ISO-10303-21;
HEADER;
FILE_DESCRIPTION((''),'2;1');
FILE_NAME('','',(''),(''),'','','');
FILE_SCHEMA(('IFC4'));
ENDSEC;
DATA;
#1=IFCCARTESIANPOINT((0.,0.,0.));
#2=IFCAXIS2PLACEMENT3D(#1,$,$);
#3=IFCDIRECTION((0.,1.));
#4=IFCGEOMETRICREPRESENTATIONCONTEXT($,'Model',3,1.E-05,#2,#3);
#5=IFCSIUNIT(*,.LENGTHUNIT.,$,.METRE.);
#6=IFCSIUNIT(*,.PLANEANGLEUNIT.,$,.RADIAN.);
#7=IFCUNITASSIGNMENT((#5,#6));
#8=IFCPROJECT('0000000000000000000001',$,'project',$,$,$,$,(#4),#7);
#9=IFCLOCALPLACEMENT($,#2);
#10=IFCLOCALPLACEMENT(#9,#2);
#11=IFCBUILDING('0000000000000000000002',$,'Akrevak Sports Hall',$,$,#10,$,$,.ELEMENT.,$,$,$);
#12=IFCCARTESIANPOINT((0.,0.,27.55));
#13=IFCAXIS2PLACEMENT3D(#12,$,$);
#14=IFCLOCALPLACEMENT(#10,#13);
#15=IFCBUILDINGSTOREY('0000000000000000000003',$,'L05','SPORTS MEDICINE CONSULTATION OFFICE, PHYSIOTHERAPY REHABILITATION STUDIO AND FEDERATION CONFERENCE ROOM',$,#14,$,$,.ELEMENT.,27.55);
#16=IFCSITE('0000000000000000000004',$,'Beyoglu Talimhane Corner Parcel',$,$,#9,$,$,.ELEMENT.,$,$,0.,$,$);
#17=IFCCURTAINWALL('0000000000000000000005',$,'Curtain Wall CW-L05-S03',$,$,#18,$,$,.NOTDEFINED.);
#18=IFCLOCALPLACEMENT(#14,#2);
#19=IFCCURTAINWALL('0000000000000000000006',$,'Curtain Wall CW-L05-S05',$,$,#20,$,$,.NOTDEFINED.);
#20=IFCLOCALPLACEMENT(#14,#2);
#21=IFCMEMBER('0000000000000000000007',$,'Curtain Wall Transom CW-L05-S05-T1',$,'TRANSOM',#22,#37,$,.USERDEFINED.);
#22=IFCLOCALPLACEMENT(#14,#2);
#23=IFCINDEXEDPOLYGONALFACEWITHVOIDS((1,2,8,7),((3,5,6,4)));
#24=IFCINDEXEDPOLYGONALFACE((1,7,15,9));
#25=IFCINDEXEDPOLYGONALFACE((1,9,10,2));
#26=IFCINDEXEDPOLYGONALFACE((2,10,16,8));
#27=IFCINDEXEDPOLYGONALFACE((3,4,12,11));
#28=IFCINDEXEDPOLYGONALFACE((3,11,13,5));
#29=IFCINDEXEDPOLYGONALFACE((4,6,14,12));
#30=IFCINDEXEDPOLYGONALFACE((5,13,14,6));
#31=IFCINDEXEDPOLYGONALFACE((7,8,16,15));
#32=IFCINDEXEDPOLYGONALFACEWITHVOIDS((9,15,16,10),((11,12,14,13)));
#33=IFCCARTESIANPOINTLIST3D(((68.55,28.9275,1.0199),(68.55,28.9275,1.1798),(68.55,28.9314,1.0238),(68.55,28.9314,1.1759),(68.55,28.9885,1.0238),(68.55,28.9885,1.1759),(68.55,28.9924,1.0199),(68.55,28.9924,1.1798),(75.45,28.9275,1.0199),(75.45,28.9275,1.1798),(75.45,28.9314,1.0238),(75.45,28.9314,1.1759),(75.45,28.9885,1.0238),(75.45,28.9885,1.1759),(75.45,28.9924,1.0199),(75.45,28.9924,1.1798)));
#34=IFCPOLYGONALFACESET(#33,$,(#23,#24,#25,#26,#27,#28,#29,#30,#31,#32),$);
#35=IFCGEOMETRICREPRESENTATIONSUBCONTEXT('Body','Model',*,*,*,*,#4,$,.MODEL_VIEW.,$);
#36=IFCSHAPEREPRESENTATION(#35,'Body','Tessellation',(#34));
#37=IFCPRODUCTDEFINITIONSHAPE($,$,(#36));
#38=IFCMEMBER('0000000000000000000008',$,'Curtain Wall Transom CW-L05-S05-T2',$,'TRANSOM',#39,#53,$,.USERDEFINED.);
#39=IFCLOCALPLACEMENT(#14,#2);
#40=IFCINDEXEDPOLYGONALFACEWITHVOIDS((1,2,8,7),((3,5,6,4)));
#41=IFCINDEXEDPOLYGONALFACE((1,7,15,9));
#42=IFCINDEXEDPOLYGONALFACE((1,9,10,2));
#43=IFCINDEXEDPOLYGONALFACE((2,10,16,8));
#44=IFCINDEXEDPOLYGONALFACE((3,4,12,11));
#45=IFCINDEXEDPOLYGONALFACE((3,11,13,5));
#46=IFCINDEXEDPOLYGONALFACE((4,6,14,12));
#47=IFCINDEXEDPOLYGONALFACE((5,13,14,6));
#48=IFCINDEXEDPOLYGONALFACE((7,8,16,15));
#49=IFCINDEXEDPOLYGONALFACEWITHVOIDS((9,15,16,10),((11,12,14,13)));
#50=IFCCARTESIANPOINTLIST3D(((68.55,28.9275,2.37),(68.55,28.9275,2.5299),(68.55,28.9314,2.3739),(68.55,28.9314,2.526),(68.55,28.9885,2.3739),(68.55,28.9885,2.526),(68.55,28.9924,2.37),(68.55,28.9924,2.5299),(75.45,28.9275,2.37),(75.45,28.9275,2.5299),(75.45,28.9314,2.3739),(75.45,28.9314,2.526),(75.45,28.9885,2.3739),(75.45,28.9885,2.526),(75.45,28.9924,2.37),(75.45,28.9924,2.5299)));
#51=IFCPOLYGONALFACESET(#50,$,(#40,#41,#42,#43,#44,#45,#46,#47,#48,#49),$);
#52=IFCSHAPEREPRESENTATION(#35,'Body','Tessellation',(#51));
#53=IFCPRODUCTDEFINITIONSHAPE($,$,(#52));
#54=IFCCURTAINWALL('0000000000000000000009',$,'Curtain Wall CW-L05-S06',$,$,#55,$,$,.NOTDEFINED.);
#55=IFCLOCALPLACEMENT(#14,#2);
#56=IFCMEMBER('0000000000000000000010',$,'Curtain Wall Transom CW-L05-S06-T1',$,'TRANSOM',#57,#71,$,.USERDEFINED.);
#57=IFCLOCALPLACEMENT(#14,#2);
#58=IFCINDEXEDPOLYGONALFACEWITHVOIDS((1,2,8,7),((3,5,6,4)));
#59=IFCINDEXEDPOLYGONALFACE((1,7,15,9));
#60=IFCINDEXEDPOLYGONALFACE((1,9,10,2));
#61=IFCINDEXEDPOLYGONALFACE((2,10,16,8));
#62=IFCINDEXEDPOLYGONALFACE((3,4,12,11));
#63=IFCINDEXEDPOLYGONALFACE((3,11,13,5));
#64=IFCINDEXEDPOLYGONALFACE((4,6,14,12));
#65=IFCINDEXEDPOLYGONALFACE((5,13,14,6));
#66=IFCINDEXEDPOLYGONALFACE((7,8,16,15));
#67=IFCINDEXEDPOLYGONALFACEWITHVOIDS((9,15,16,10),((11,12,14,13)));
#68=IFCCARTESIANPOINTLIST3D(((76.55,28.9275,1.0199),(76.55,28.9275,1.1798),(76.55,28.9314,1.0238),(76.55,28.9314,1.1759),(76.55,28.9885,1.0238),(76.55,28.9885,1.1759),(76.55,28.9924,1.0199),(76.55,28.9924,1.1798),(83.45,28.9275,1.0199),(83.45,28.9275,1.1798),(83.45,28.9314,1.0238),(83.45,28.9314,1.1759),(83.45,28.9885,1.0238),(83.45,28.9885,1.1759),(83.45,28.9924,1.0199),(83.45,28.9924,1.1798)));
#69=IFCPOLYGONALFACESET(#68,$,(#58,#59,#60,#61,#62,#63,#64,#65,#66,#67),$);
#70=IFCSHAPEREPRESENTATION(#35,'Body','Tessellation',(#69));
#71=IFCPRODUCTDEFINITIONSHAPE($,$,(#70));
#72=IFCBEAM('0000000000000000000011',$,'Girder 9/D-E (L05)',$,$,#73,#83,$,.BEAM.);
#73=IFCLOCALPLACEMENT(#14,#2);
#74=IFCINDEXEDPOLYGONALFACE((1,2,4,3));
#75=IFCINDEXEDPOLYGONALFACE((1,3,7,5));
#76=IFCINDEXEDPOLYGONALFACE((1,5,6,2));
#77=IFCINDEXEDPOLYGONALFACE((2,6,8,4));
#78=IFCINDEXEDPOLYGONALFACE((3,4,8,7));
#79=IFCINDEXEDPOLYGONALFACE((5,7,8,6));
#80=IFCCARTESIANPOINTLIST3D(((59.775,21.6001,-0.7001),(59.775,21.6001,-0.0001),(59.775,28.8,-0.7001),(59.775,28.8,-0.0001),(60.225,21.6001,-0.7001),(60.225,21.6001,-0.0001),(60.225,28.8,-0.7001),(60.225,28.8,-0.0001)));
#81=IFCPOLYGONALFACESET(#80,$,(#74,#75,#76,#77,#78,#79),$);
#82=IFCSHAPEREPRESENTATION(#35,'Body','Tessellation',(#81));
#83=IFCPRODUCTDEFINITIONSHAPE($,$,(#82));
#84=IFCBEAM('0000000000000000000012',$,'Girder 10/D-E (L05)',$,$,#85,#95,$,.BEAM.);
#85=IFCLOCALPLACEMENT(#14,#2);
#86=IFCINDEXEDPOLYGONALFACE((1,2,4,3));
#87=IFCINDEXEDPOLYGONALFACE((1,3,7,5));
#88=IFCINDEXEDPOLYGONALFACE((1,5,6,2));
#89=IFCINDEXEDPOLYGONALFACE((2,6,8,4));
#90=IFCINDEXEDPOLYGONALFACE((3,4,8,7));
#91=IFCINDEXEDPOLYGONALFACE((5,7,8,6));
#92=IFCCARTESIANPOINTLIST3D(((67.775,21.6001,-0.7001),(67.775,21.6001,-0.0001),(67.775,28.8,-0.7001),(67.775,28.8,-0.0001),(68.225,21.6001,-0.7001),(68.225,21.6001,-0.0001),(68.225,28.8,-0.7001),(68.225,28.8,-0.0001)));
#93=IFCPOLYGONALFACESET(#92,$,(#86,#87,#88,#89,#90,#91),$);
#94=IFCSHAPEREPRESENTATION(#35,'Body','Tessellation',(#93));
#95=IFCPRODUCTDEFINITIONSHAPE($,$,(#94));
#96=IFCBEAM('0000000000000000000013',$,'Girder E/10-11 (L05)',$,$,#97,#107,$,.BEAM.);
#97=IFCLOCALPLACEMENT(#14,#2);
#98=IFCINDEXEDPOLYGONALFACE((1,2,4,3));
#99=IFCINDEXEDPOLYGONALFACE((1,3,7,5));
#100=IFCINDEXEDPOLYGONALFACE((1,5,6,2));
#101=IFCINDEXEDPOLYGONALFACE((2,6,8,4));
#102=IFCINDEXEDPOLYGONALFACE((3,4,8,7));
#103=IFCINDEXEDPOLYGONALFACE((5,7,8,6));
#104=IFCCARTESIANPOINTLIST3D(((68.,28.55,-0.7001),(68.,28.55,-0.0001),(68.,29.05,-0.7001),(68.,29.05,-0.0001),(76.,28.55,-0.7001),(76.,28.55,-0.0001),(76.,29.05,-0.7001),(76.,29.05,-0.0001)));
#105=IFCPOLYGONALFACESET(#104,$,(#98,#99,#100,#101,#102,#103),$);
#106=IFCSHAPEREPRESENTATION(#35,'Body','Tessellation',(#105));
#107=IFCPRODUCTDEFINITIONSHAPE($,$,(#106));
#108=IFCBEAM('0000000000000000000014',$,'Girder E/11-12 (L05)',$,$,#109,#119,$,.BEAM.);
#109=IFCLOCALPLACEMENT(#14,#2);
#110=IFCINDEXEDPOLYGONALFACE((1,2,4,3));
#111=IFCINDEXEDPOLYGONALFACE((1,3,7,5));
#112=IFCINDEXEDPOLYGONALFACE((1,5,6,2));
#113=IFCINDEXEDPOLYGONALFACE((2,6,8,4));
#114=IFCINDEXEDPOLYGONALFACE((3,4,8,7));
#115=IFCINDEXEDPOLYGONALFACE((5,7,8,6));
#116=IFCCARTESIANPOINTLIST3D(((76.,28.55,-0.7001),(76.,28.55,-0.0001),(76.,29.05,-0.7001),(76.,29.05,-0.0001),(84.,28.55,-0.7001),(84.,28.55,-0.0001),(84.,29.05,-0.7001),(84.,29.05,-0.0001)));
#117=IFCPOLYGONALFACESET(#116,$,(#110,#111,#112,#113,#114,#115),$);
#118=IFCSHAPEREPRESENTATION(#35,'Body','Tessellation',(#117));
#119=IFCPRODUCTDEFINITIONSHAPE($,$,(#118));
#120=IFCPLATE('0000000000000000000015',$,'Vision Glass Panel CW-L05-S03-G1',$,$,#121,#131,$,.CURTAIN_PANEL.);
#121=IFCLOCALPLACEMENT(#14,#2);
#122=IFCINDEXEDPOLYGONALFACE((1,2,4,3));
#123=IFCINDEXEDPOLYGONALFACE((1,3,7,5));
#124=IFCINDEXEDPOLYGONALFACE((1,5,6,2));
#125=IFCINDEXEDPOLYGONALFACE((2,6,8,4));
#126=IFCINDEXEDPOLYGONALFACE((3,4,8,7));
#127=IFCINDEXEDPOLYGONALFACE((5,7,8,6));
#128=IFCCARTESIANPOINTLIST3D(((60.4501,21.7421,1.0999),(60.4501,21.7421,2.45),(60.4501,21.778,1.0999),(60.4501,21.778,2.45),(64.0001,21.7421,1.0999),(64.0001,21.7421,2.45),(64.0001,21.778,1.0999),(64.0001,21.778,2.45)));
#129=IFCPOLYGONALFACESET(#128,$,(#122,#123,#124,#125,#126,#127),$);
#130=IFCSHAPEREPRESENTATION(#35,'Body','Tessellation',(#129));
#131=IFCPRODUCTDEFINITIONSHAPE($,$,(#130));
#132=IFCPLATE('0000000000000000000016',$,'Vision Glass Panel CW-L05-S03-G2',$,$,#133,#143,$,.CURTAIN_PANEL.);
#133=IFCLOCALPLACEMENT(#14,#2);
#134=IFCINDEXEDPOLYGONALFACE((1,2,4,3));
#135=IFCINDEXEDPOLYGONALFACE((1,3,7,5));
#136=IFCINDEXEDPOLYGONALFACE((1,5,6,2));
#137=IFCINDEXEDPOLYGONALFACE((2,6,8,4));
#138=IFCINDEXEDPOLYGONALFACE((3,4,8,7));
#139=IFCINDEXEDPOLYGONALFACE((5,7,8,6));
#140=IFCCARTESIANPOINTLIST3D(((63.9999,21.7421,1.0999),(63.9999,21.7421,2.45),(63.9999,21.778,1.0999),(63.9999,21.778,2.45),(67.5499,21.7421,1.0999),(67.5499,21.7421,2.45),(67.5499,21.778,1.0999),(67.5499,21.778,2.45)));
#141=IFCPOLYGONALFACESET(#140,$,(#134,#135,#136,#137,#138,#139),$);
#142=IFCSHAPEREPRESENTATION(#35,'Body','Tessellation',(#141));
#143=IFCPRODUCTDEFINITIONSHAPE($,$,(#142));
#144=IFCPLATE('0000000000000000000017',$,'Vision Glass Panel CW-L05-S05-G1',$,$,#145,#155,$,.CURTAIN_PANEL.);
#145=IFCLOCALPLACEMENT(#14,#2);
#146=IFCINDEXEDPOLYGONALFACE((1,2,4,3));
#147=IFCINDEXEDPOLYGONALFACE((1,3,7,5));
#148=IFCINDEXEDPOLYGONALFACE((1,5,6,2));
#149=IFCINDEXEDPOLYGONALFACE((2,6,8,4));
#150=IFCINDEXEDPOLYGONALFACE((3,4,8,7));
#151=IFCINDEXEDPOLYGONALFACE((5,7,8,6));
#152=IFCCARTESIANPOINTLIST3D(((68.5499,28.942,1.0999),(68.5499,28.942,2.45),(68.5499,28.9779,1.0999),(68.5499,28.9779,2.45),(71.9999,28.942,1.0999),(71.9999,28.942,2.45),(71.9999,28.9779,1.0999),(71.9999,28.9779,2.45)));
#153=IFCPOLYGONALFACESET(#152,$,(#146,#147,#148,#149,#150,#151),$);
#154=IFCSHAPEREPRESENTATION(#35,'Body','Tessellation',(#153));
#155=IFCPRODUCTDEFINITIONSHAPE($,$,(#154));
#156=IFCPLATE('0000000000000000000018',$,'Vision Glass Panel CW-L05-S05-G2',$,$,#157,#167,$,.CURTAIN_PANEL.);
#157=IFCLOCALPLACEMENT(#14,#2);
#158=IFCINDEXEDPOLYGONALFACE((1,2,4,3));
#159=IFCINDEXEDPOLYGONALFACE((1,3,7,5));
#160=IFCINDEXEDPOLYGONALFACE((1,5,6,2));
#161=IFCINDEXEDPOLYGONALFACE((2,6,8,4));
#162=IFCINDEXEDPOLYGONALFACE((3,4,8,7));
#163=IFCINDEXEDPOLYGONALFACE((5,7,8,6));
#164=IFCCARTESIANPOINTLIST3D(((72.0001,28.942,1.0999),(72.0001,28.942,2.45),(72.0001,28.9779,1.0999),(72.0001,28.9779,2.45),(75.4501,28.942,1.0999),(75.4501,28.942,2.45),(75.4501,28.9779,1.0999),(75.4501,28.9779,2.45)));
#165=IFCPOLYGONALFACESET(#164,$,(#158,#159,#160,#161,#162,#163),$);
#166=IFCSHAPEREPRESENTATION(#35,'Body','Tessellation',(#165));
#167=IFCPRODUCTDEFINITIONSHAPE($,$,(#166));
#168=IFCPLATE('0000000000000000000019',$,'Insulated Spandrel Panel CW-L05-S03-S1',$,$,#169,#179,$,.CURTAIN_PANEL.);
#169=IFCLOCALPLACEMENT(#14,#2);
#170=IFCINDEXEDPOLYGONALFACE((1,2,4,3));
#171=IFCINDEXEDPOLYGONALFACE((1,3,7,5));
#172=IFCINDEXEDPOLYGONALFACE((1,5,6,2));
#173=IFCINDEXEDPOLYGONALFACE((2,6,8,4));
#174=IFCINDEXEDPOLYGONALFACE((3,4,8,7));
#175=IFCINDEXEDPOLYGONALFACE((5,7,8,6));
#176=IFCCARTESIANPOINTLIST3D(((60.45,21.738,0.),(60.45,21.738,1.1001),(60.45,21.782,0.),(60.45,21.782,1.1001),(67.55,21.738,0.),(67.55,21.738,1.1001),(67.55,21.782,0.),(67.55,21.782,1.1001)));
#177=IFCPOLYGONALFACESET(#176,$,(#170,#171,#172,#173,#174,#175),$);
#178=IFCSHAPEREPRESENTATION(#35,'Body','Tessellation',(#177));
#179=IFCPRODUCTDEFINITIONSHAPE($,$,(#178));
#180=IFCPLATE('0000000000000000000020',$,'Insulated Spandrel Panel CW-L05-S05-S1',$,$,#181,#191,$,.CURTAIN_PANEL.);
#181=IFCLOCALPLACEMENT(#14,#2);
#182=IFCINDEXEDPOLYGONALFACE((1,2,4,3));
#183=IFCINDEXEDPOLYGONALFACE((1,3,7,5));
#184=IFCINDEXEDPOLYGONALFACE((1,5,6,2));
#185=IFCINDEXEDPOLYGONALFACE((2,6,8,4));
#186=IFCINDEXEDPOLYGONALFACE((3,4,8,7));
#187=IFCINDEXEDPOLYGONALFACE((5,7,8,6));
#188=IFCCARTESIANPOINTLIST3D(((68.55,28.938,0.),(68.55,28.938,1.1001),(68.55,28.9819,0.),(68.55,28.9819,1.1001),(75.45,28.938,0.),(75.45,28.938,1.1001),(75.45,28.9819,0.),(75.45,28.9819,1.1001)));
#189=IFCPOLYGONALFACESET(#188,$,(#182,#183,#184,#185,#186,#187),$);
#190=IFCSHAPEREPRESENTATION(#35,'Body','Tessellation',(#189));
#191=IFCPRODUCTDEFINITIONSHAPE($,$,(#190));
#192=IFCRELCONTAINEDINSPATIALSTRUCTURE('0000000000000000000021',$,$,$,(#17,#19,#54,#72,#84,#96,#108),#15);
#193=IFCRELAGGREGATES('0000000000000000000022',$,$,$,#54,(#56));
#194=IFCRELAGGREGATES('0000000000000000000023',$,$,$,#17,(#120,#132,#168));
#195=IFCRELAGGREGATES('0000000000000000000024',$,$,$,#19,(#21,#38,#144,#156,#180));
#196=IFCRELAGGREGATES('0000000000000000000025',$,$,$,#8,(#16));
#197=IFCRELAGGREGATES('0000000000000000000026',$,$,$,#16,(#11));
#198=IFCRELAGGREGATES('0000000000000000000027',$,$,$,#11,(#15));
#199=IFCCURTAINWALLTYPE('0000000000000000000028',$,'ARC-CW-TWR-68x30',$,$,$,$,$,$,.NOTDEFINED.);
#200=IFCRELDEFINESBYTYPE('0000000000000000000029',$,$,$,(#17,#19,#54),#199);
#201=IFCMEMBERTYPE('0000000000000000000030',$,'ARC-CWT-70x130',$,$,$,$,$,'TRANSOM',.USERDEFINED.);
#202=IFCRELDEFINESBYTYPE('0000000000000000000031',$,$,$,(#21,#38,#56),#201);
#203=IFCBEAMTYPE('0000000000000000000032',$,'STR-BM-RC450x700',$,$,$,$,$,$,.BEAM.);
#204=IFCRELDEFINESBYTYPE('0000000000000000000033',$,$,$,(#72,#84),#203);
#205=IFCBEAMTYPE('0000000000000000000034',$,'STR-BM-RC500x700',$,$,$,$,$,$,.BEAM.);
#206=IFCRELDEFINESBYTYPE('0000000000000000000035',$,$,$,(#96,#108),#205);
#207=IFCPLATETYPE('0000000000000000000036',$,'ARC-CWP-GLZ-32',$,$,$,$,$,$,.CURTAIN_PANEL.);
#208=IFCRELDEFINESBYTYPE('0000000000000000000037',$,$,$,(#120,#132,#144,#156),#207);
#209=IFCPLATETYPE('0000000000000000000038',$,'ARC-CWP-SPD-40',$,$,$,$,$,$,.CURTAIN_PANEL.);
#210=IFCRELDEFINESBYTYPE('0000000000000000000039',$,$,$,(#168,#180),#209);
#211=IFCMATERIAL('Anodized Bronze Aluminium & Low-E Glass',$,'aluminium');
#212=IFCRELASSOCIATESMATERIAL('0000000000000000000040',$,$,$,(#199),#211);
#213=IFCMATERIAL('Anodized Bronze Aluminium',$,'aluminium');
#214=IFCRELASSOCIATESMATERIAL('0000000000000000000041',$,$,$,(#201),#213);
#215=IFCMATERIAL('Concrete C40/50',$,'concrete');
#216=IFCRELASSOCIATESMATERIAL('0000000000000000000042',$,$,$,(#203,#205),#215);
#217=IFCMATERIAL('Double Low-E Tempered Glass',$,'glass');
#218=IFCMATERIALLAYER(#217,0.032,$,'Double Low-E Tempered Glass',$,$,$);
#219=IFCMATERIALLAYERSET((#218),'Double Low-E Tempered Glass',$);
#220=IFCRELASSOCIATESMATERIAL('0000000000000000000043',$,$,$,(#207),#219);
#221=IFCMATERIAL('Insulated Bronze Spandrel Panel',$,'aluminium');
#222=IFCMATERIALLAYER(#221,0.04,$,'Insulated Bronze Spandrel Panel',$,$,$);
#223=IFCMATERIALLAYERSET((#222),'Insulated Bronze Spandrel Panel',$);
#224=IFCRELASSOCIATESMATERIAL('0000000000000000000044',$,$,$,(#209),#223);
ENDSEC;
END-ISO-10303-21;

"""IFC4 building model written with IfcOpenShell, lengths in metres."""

from ifc_helpers import new_model, si_unit, direction, frame, origin, origin_2d, place, context, subcontext, project, spatial, rectangle, hollow_rectangle, extrude, material, layer, layer_set, material_profile, profile_set, type_object, element, aggregate, save


model = new_model("IFC4")

# Units and contexts
model_context = context("Model", 3, precision=1e-05, world=origin(), true_north=direction((0.0, 1.0)))
body_context = subcontext(model_context, "Body", "Model", "MODEL_VIEW")
ifc_project = project(units=[si_unit("LENGTHUNIT", "METRE"), si_unit("PLANEANGLEUNIT", "RADIAN")], contexts=[model_context])

# Site, building, storey
site_placement = place(None, origin())
site = spatial("IfcSite", under=ifc_project, at=site_placement, Name="Beyoglu Talimhane Corner Parcel", CompositionType="ELEMENT", RefElevation=0.0)
building_placement = place(site_placement, origin())
building = spatial("IfcBuilding", under=site, at=building_placement, Name="Akrevak Sports Hall", CompositionType="ELEMENT")
storey_placement = place(building_placement, frame((0.0, 0.0, 27.55)))
storey = spatial("IfcBuildingStorey", under=building, at=storey_placement, Name="L05", Description="SPORTS MEDICINE CONSULTATION OFFICE, PHYSIOTHERAPY REHABILITATION STUDIO AND FEDERATION CONFERENCE ROOM", CompositionType="ELEMENT", Elevation=27.55)

# Shared definitions
ifc_material_1 = material(Name="Concrete C40/50", Category="concrete")

# Curtain walls
ifc_material_2 = material(Name="Anodized Bronze Aluminium & Low-E Glass", Category="aluminium")
curtain_wall_type = type_object("IfcCurtainWallType", Name="ARC-CW-TWR-68x30", PredefinedType="NOTDEFINED", material=ifc_material_2)
curtain_wall_1_placement = place(storey_placement, origin())
curtain_wall_1 = element("IfcCurtainWall", 1, at=curtain_wall_1_placement, inside=storey, type_object=curtain_wall_type, Name="Curtain Wall CW-L05-S03", PredefinedType="NOTDEFINED")
ifc_material_3 = material(Name="Anodized Bronze Aluminium", Category="aluminium")
curtain_wall_2_placement = place(storey_placement, origin())
curtain_wall_2 = element("IfcCurtainWall", 2, at=curtain_wall_2_placement, inside=storey, type_object=curtain_wall_type, Name="Curtain Wall CW-L05-S05", PredefinedType="NOTDEFINED")

# Members
ifc_material_profile_1 = material_profile(ifc_material_3, hollow_rectangle(XDim=0.0649, YDim=0.1599, WallThickness=0.0039, at=origin_2d()), Name="CWT 65x160", Category="aluminium")
ifc_profile_set_1 = profile_set([ifc_material_profile_1], Name="Anodized Bronze Aluminium")
member_type_1 = type_object("IfcMemberType", Name="ARC-CWT-70x130", ElementType="TRANSOM", PredefinedType="USERDEFINED", material=ifc_profile_set_1)
member_1_placement = place(storey_placement, frame((68.55, 28.96, 1.0999), z_axis=(1.0, 0.0, 0.0), x_axis=(0.0, 1.0, 0.0)))
member_1 = element("IfcMember", 3, at=member_1_placement, type_object=member_type_1, Name="Curtain Wall Transom CW-L05-S05-T1", ObjectType="TRANSOM", PredefinedType="USERDEFINED", context=body_context, shape_type="SweptSolid", body=[
    extrude(hollow_rectangle(XDim=0.0649, YDim=0.1599, WallThickness=0.0039, at=origin_2d()), origin(), (0.0, 0.0, 1.0), 6.8999),
])
member_2_placement = place(storey_placement, frame((68.55, 28.96, 2.45), z_axis=(1.0, 0.0, 0.0), x_axis=(0.0, 1.0, 0.0)))
member_2 = element("IfcMember", 4, at=member_2_placement, type_object=member_type_1, Name="Curtain Wall Transom CW-L05-S05-T2", ObjectType="TRANSOM", PredefinedType="USERDEFINED", context=body_context, shape_type="SweptSolid", body=[
    extrude(hollow_rectangle(XDim=0.0649, YDim=0.1599, WallThickness=0.0039, at=origin_2d()), origin(), (0.0, 0.0, 1.0), 6.8999),
])

# Curtain wall, member
curtain_wall_3_placement = place(storey_placement, origin())
curtain_wall_3 = element("IfcCurtainWall", 5, at=curtain_wall_3_placement, inside=storey, type_object=curtain_wall_type, Name="Curtain Wall CW-L05-S06", PredefinedType="NOTDEFINED")
member_3_placement = place(storey_placement, frame((76.55, 28.96, 1.0999), z_axis=(1.0, 0.0, 0.0), x_axis=(0.0, 1.0, 0.0)))
member_3 = element("IfcMember", 6, at=member_3_placement, type_object=member_type_1, Name="Curtain Wall Transom CW-L05-S06-T1", ObjectType="TRANSOM", PredefinedType="USERDEFINED", context=body_context, shape_type="SweptSolid", body=[
    extrude(hollow_rectangle(XDim=0.0649, YDim=0.1599, WallThickness=0.0039, at=origin_2d()), origin(), (0.0, 0.0, 1.0), 6.8999),
])
aggregate(curtain_wall_3, [member_3])

# Beams
ifc_material_profile_2 = material_profile(ifc_material_1, rectangle(XDim=0.45, YDim=0.7, at=origin_2d()), Name="BM 450x700", Category="concrete")
ifc_profile_set_2 = profile_set([ifc_material_profile_2], Name="Concrete C40/50")
beam_type_1 = type_object("IfcBeamType", Name="STR-BM-RC450x700", PredefinedType="BEAM", material=ifc_profile_set_2)
for number, where, z_axis, x_axis, name in (
    (7, (60.0, 21.6001, -0.3501), (0.0, 1.0, 0.0), (-1.0, 0.0, 0.0), "Girder 9/D-E (L05)"),
    (8, (68.0, 21.6001, -0.3501), (0.0, 1.0, 0.0), (-1.0, 0.0, 0.0), "Girder 10/D-E (L05)"),
):
    element("IfcBeam", number, at=place(storey_placement, frame(where, z_axis=z_axis, x_axis=x_axis)), inside=storey, type_object=beam_type_1, Name=name, PredefinedType="BEAM", context=body_context, shape_type="SweptSolid", body=[
        extrude(rectangle(XDim=0.45, YDim=0.7, at=origin_2d()), origin(), (0.0, 0.0, 1.0), 7.2),
    ])
ifc_material_profile_3 = material_profile(ifc_material_1, rectangle(XDim=0.5, YDim=0.7, at=origin_2d()), Name="BM 500x700", Category="concrete")
ifc_profile_set_3 = profile_set([ifc_material_profile_3], Name="Concrete C40/50")
beam_type_2 = type_object("IfcBeamType", Name="STR-BM-RC500x700", PredefinedType="BEAM", material=ifc_profile_set_3)
for number, where, z_axis, x_axis, name in (
    (9, (68.0, 28.8, -0.3501), (1.0, 0.0, 0.0), (0.0, 1.0, 0.0), "Girder E/10-11 (L05)"),
    (10, (76.0, 28.8, -0.3501), (1.0, 0.0, 0.0), (0.0, 1.0, 0.0), "Girder E/11-12 (L05)"),
):
    element("IfcBeam", number, at=place(storey_placement, frame(where, z_axis=z_axis, x_axis=x_axis)), inside=storey, type_object=beam_type_2, Name=name, PredefinedType="BEAM", context=body_context, shape_type="SweptSolid", body=[
        extrude(rectangle(XDim=0.5, YDim=0.7, at=origin_2d()), origin(), (0.0, 0.0, 1.0), 8.0),
    ])

# Plates
ifc_material_4 = material(Name="Double Low-E Tempered Glass", Category="glass")
ifc_layer_1 = layer(ifc_material_4, 0.032, Name="Double Low-E Tempered Glass")
ifc_layer_set_1 = layer_set([ifc_layer_1], Name="Double Low-E Tempered Glass")
plate_type_1 = type_object("IfcPlateType", Name="ARC-CWP-GLZ-32", PredefinedType="CURTAIN_PANEL", material=ifc_layer_set_1)
plate_1_placement = place(storey_placement, frame((62.2251, 21.76, 1.0999), z_axis=(0.0, 0.0, 1.0), x_axis=(1.0, 0.0, 0.0)))
plate_1 = element("IfcPlate", 11, at=plate_1_placement, type_object=plate_type_1, Name="Vision Glass Panel CW-L05-S03-G1", PredefinedType="CURTAIN_PANEL", context=body_context, shape_type="SweptSolid", body=[
    extrude(rectangle(XDim=3.55, YDim=0.0359, at=origin_2d()), origin(), (0.0, 0.0, 1.0), 1.3501),
])
plate_2_placement = place(storey_placement, frame((65.7749, 21.76, 1.0999), z_axis=(0.0, 0.0, 1.0), x_axis=(1.0, 0.0, 0.0)))
plate_2 = element("IfcPlate", 12, at=plate_2_placement, type_object=plate_type_1, Name="Vision Glass Panel CW-L05-S03-G2", PredefinedType="CURTAIN_PANEL", context=body_context, shape_type="SweptSolid", body=[
    extrude(rectangle(XDim=3.55, YDim=0.0359, at=origin_2d()), origin(), (0.0, 0.0, 1.0), 1.3501),
])
plate_3_placement = place(storey_placement, frame((70.2749, 28.96, 1.0999), z_axis=(0.0, 0.0, 1.0), x_axis=(1.0, 0.0, 0.0)))
plate_3 = element("IfcPlate", 13, at=plate_3_placement, type_object=plate_type_1, Name="Vision Glass Panel CW-L05-S05-G1", PredefinedType="CURTAIN_PANEL", context=body_context, shape_type="SweptSolid", body=[
    extrude(rectangle(XDim=3.45, YDim=0.0359, at=origin_2d()), origin(), (0.0, 0.0, 1.0), 1.3501),
])
plate_4_placement = place(storey_placement, frame((73.7251, 28.96, 1.0999), z_axis=(0.0, 0.0, 1.0), x_axis=(1.0, 0.0, 0.0)))
plate_4 = element("IfcPlate", 14, at=plate_4_placement, type_object=plate_type_1, Name="Vision Glass Panel CW-L05-S05-G2", PredefinedType="CURTAIN_PANEL", context=body_context, shape_type="SweptSolid", body=[
    extrude(rectangle(XDim=3.45, YDim=0.0359, at=origin_2d()), origin(), (0.0, 0.0, 1.0), 1.3501),
])
ifc_material_5 = material(Name="Insulated Bronze Spandrel Panel", Category="aluminium")
ifc_layer_2 = layer(ifc_material_5, 0.04, Name="Insulated Bronze Spandrel Panel")
ifc_layer_set_2 = layer_set([ifc_layer_2], Name="Insulated Bronze Spandrel Panel")
plate_type_2 = type_object("IfcPlateType", Name="ARC-CWP-SPD-40", PredefinedType="CURTAIN_PANEL", material=ifc_layer_set_2)
plate_5_placement = place(storey_placement, frame((64.0, 21.76, 0.0), z_axis=(0.0, 0.0, 1.0), x_axis=(1.0, 0.0, 0.0)))
plate_5 = element("IfcPlate", 15, at=plate_5_placement, type_object=plate_type_2, Name="Insulated Spandrel Panel CW-L05-S03-S1", PredefinedType="CURTAIN_PANEL", context=body_context, shape_type="SweptSolid", body=[
    extrude(rectangle(XDim=7.1001, YDim=0.0439, at=origin_2d()), origin(), (0.0, 0.0, 1.0), 1.1001),
])
aggregate(curtain_wall_1, [plate_1, plate_2, plate_5])
plate_6_placement = place(storey_placement, frame((72.0, 28.96, 0.0), z_axis=(0.0, 0.0, 1.0), x_axis=(1.0, 0.0, 0.0)))
plate_6 = element("IfcPlate", 16, at=plate_6_placement, type_object=plate_type_2, Name="Insulated Spandrel Panel CW-L05-S05-S1", PredefinedType="CURTAIN_PANEL", context=body_context, shape_type="SweptSolid", body=[
    extrude(rectangle(XDim=6.8999, YDim=0.0439, at=origin_2d()), origin(), (0.0, 0.0, 1.0), 1.1001),
])
aggregate(curtain_wall_2, [member_1, member_2, plate_3, plate_4, plate_6])

save(model, "model.ifc")
